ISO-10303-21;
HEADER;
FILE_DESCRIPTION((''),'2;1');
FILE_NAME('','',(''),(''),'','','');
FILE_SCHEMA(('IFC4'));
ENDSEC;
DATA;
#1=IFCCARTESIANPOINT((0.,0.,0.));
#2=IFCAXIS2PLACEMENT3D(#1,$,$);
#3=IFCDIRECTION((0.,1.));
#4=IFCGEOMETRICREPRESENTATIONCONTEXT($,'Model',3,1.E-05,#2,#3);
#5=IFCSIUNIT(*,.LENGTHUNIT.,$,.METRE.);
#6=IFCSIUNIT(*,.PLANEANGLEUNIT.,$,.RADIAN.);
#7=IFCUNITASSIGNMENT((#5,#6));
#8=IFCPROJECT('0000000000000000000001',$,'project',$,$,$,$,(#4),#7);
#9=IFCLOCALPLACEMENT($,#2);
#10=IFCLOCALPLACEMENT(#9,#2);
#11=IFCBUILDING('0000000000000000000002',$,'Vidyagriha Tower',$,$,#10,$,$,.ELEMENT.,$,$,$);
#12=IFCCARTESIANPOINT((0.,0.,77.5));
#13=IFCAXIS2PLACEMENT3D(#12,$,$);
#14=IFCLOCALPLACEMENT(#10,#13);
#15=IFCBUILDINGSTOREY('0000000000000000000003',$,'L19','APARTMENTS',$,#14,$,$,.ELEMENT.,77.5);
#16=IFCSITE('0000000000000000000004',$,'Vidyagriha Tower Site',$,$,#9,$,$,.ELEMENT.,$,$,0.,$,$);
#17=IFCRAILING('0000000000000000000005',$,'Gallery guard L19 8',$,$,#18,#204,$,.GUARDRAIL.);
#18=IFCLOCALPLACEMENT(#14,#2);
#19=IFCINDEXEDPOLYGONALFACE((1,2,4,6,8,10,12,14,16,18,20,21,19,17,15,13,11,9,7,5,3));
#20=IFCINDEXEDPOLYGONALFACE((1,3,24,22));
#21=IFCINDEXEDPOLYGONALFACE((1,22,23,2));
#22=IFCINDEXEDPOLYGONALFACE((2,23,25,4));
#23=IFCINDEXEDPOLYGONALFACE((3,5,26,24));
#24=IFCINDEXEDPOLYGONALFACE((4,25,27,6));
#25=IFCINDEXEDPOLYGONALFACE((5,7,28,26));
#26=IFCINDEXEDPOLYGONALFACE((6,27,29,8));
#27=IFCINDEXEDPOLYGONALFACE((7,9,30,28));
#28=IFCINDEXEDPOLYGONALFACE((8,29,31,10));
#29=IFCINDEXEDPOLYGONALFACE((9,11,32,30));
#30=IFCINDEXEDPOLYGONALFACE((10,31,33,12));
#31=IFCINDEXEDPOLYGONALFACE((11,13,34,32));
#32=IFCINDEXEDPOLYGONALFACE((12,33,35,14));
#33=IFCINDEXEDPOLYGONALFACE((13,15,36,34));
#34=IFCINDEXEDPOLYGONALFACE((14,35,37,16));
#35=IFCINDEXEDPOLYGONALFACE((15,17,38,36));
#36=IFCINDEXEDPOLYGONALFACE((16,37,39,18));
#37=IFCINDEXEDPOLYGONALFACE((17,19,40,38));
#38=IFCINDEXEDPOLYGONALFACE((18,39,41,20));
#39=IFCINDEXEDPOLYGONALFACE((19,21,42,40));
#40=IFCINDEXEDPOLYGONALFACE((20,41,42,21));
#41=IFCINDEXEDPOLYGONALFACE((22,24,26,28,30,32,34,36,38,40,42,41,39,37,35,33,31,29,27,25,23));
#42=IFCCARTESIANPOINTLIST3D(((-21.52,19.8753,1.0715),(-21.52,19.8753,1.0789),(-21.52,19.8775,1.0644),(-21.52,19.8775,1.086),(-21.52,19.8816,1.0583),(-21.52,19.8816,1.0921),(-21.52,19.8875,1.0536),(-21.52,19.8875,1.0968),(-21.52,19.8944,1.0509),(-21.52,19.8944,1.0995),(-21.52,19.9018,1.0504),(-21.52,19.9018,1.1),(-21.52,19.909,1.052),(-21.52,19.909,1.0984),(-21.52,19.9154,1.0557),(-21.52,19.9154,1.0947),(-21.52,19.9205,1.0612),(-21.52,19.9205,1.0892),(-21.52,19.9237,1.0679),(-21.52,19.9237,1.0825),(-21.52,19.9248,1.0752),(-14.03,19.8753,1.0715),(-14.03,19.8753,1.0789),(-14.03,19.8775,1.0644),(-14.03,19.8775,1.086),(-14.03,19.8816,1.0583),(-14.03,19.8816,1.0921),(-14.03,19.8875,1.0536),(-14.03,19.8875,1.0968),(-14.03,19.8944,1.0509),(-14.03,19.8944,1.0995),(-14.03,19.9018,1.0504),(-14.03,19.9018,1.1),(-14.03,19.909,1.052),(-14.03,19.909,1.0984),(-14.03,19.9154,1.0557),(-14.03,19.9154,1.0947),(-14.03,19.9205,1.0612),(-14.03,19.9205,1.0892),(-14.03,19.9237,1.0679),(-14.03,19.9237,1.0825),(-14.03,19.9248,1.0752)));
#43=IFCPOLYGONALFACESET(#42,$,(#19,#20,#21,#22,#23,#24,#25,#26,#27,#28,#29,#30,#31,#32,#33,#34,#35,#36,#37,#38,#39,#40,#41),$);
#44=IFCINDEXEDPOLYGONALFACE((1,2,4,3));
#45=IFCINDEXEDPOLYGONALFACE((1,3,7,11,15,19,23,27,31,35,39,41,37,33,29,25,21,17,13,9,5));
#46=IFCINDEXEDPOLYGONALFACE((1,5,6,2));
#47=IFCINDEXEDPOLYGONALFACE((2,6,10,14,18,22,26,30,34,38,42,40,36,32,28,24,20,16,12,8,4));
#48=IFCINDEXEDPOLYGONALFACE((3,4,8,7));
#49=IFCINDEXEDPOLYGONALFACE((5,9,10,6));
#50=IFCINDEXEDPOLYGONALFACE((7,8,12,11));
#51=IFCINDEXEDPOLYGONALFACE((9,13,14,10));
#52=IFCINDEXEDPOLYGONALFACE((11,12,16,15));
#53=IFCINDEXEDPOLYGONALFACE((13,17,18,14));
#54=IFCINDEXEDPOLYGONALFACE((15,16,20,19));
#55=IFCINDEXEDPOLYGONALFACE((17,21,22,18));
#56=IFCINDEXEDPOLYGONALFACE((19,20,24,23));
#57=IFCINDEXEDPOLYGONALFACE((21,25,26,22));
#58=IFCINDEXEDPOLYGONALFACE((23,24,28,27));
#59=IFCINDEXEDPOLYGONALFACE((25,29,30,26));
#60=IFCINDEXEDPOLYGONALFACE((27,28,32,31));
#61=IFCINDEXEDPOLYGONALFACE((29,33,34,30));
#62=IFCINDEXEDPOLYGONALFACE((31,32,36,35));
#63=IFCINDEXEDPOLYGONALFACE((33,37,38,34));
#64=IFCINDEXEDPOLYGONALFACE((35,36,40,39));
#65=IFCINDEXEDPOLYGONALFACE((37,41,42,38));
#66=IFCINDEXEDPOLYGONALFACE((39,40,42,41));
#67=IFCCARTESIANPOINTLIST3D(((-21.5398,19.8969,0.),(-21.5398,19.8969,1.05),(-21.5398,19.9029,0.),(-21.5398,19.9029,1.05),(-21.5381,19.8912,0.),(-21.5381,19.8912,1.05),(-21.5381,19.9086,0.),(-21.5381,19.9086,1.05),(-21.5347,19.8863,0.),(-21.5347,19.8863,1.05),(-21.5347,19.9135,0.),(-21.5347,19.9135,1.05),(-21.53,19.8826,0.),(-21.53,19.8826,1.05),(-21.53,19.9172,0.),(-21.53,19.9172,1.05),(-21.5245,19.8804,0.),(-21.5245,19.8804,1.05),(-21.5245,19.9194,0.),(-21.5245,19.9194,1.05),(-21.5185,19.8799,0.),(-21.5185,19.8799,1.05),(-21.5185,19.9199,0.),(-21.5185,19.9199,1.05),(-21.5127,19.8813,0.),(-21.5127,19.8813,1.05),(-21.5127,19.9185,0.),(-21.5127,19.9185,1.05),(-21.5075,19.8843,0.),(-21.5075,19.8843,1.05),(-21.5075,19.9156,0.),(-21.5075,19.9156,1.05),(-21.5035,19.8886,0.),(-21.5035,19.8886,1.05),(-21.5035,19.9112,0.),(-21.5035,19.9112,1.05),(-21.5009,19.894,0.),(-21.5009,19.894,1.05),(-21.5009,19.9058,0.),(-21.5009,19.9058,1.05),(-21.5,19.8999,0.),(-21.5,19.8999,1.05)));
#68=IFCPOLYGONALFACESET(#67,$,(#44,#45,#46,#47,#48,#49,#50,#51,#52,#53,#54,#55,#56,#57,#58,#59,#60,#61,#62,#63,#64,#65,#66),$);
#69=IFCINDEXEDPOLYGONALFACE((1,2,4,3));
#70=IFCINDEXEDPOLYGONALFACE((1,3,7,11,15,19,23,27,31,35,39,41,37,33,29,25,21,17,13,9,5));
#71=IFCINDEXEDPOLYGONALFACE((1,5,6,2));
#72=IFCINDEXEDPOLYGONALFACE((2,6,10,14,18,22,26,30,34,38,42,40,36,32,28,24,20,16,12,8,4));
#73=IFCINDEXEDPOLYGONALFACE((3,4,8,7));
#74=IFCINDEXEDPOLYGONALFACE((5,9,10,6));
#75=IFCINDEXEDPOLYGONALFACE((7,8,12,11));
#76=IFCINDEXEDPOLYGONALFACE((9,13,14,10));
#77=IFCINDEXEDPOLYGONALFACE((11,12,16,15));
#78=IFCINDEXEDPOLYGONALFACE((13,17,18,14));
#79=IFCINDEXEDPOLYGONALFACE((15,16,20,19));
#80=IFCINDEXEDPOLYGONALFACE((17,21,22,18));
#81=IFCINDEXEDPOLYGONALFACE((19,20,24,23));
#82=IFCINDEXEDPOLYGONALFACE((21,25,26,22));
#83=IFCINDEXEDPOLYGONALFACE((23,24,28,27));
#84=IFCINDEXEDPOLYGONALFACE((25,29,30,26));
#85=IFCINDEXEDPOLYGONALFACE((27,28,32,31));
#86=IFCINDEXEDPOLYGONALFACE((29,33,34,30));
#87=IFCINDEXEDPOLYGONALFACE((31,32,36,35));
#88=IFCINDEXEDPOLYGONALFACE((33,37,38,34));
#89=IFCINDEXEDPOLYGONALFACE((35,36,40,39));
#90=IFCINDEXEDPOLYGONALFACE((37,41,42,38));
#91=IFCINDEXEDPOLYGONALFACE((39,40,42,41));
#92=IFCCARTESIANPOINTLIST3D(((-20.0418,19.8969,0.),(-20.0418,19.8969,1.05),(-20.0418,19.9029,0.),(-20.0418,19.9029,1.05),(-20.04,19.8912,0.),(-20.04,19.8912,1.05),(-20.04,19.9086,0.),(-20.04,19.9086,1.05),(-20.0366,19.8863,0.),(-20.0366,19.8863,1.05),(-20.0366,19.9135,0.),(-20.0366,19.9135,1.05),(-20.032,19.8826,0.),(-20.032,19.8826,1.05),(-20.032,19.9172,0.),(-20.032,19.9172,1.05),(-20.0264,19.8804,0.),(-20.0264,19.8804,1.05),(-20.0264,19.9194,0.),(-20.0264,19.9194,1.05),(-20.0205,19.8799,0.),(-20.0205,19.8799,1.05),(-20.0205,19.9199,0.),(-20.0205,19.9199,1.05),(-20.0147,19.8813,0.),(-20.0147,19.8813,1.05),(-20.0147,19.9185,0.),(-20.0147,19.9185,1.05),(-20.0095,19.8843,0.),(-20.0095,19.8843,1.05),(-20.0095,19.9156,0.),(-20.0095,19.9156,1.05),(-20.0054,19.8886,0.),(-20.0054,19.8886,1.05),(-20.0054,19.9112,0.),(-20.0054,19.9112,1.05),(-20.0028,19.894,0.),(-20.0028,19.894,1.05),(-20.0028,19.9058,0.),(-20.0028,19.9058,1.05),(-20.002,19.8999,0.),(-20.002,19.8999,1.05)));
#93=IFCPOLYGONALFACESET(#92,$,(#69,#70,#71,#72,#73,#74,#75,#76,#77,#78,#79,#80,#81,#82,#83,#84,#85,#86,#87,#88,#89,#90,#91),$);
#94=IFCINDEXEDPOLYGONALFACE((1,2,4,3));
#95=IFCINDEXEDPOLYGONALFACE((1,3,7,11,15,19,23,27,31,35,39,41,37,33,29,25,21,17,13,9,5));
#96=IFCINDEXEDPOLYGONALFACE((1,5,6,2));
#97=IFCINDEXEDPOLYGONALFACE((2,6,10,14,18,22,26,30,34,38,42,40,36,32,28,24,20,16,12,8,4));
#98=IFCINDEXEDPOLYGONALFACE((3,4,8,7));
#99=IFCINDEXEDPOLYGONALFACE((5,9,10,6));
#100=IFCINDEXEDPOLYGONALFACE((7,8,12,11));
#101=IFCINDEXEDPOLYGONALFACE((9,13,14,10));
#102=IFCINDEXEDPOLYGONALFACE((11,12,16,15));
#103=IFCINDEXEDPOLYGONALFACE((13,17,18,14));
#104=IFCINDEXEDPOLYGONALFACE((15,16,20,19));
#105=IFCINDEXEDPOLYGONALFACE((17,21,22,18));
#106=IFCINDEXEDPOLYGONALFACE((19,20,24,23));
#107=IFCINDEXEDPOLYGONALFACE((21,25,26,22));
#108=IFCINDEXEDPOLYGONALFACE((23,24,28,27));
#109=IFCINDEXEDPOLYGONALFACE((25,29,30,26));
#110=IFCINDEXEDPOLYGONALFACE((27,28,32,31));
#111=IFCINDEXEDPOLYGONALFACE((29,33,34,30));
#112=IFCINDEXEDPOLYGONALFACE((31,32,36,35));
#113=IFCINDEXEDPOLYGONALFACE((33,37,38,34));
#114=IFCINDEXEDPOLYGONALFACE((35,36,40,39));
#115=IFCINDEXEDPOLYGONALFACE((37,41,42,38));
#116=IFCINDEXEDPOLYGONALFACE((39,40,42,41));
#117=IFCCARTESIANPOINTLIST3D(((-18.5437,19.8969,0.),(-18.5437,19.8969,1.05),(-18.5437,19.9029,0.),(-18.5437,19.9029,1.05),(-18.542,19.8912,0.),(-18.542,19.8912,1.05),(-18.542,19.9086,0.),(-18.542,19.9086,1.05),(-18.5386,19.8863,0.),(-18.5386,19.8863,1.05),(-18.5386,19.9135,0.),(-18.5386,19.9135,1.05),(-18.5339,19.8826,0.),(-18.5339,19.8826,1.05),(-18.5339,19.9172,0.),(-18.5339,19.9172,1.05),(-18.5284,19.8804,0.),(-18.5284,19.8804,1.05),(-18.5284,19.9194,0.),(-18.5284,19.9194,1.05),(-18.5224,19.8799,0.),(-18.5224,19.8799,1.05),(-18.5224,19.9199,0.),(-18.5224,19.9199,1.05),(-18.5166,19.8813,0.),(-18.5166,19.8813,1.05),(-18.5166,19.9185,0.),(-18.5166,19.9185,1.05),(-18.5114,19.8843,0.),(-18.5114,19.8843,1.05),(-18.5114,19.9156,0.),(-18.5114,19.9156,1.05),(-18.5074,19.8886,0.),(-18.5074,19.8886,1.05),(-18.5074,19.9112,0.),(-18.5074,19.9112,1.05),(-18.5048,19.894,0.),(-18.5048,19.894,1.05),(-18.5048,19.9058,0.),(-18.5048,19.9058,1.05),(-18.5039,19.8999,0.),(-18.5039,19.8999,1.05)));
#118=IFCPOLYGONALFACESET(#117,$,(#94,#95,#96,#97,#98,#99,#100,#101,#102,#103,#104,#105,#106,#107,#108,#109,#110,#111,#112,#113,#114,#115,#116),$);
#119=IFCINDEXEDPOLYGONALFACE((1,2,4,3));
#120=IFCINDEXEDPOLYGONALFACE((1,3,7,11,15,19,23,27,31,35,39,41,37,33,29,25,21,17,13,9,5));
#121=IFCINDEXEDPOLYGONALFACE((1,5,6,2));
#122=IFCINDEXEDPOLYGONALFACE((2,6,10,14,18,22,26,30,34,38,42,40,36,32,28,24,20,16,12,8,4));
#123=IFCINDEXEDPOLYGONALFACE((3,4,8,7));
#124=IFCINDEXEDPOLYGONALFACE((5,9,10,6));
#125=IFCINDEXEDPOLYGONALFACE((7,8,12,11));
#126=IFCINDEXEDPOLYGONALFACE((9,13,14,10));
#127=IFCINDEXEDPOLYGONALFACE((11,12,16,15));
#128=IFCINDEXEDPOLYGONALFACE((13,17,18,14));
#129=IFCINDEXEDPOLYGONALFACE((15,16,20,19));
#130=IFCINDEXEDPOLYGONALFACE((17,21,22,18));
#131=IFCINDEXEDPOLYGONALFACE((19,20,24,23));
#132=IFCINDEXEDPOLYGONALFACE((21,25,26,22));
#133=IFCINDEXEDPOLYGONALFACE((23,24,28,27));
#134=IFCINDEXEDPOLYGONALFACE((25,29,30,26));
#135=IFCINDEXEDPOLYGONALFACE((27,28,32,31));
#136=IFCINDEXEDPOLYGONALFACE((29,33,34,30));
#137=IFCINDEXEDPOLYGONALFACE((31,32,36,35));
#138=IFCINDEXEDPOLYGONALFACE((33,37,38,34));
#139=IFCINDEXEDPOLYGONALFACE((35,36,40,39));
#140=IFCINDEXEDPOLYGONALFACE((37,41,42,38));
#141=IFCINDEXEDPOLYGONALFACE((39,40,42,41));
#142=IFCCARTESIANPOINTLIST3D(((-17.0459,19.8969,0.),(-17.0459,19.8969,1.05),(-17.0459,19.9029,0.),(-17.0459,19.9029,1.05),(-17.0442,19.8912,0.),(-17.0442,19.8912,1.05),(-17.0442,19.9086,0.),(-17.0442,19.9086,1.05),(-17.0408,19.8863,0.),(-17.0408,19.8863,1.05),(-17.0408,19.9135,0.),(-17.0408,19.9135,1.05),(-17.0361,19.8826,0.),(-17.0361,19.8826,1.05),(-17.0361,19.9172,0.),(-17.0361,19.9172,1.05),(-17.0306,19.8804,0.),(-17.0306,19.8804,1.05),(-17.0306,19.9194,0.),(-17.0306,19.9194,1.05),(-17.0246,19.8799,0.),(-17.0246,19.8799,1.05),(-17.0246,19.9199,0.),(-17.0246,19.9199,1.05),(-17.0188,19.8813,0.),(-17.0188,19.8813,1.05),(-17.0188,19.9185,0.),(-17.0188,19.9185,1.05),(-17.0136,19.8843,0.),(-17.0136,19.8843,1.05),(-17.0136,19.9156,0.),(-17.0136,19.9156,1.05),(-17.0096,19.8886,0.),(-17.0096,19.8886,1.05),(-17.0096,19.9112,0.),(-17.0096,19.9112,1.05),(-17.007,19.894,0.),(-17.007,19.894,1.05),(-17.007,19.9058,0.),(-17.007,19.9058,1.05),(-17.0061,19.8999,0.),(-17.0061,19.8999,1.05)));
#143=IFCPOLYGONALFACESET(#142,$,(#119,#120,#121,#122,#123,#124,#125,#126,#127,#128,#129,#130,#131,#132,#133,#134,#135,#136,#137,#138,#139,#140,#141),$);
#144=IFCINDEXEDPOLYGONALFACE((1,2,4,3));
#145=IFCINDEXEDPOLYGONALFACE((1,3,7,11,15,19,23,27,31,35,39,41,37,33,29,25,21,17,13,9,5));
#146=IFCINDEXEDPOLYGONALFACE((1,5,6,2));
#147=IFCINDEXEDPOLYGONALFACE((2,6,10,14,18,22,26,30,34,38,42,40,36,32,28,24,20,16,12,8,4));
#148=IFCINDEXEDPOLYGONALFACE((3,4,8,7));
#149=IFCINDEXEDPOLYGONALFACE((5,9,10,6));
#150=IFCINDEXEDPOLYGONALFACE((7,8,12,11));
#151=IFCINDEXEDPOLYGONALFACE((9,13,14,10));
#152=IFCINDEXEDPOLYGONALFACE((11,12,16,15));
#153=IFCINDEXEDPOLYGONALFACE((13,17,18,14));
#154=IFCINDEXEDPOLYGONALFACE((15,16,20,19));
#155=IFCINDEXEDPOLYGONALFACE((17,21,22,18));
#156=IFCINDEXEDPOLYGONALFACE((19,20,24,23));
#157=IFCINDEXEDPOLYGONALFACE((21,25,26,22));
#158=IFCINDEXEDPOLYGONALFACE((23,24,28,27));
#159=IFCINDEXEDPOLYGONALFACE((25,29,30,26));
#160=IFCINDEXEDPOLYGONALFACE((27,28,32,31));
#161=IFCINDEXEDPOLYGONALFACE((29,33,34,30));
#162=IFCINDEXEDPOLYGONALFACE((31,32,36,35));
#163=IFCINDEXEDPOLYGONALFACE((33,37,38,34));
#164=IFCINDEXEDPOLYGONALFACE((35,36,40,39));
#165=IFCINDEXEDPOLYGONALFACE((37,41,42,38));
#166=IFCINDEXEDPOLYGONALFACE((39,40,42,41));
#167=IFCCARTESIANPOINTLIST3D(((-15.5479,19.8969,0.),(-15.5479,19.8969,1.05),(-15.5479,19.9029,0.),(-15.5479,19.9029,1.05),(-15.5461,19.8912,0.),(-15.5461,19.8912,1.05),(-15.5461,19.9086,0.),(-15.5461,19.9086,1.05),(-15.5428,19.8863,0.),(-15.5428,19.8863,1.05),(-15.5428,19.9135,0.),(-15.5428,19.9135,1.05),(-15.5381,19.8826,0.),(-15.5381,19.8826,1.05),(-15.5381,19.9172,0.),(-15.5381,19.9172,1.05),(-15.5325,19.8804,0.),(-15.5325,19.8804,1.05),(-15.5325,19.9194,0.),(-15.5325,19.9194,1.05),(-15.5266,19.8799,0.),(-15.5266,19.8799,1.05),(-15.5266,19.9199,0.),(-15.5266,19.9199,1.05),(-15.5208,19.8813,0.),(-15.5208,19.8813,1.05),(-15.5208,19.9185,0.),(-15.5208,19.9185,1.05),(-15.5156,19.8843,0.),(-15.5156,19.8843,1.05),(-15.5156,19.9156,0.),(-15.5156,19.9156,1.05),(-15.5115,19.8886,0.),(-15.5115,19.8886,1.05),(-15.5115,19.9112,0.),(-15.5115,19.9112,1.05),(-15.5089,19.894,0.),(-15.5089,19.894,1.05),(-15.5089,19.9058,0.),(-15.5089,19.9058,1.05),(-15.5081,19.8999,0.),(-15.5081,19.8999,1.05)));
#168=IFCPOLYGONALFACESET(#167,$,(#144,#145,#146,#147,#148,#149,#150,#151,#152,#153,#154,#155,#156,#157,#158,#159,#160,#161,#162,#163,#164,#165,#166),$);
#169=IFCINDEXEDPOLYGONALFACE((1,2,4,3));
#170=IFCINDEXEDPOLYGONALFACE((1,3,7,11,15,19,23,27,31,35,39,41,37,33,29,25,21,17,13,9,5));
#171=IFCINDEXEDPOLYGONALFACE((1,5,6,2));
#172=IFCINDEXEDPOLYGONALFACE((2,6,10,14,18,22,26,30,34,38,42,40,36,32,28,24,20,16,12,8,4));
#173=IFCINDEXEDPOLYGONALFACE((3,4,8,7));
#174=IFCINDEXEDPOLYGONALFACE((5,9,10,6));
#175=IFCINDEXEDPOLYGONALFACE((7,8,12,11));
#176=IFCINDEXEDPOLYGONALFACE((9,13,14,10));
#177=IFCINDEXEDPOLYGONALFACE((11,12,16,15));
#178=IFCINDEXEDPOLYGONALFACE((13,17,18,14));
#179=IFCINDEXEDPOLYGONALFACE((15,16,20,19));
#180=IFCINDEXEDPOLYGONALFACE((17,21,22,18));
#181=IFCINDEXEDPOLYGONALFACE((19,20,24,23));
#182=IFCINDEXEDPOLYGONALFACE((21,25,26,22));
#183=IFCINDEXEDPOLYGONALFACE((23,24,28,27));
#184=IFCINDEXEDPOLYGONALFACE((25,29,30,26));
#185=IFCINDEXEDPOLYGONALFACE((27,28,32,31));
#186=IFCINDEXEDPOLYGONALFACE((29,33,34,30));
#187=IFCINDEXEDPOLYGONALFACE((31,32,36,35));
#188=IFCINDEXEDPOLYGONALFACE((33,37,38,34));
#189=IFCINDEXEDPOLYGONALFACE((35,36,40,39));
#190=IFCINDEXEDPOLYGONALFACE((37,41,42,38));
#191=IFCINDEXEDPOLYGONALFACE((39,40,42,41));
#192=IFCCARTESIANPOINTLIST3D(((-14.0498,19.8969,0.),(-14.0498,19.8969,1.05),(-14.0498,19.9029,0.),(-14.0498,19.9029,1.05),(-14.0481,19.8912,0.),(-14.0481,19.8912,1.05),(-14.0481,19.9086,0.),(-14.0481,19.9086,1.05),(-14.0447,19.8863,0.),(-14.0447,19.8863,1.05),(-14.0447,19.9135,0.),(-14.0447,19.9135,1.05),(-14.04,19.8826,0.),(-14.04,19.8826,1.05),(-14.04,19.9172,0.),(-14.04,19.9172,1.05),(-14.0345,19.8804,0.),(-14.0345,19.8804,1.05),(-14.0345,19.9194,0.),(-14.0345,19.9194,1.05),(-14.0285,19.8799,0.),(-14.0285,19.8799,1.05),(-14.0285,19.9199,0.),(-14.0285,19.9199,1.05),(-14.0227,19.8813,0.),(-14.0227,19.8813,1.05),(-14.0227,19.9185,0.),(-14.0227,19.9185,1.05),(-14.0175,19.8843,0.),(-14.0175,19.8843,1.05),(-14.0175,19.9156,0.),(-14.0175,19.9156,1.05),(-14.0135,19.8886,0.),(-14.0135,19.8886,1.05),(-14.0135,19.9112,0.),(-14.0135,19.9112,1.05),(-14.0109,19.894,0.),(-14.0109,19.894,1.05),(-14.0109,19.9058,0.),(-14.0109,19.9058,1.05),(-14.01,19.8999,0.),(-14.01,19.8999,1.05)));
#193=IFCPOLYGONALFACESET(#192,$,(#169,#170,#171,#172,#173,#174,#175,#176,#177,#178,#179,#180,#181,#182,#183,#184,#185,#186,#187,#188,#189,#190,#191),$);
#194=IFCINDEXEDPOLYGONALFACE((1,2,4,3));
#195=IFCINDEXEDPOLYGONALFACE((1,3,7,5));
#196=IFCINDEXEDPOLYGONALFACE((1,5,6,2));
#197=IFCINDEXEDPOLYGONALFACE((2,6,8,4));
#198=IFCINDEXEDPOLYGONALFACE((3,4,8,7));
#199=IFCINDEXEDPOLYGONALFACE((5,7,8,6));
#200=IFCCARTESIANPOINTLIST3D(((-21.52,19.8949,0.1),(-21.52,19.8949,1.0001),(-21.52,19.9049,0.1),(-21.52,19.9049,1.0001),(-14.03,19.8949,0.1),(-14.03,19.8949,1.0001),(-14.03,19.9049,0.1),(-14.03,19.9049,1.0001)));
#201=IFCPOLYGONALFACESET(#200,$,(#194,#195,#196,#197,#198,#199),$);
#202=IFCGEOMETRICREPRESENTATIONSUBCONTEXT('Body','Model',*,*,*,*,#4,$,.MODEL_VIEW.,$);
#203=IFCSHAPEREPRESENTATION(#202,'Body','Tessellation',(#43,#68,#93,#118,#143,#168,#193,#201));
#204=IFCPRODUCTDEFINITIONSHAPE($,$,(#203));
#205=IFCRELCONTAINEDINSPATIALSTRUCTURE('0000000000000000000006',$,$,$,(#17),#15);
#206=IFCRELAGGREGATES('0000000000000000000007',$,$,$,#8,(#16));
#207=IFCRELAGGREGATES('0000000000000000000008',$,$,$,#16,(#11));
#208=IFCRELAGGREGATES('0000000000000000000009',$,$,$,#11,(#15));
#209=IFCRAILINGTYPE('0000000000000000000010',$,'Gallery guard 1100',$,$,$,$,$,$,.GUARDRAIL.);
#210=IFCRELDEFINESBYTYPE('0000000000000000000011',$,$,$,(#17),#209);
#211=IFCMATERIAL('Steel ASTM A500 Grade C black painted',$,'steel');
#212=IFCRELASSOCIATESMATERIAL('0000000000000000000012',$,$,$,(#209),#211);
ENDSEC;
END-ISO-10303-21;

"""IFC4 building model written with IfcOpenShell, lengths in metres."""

from ifc_helpers import new_model, si_unit, direction, frame, origin, origin_2d, place, context, subcontext, project, spatial, rectangle, circle, extrude, material, type_object, element, save


model = new_model("IFC4")

# Units and contexts
model_context = context("Model", 3, precision=1e-05, world=origin(), true_north=direction((0.0, 1.0)))
body_context = subcontext(model_context, "Body", "Model", "MODEL_VIEW")
ifc_project = project(units=[si_unit("LENGTHUNIT", "METRE"), si_unit("PLANEANGLEUNIT", "RADIAN")], contexts=[model_context])

# Site, building, storey
site_placement = place(None, origin())
site = spatial("IfcSite", under=ifc_project, at=site_placement, Name="Vidyagriha Tower Site", CompositionType="ELEMENT", RefElevation=0.0)
building_placement = place(site_placement, origin())
building = spatial("IfcBuilding", under=site, at=building_placement, Name="Vidyagriha Tower", CompositionType="ELEMENT")
storey_placement = place(building_placement, frame((0.0, 0.0, 77.5)))
storey = spatial("IfcBuildingStorey", under=building, at=storey_placement, Name="L19", Description="APARTMENTS", CompositionType="ELEMENT", Elevation=77.5)

# Railing
ifc_material_1 = material(Name="Steel ASTM A500 Grade C black painted", Category="steel")
railing_type = type_object("IfcRailingType", Name="Gallery guard 1100", PredefinedType="GUARDRAIL", material=ifc_material_1)
railing_1_placement = place(storey_placement, frame((-21.52, 19.8999, 0.0)))
element("IfcRailing", 1, at=railing_1_placement, inside=storey, type_object=railing_type, Name="Gallery guard L19 8", PredefinedType="GUARDRAIL", context=body_context, shape_type="SweptSolid", body=[
    extrude(circle(Radius=0.0249, at=origin_2d()), frame((0.0, 0.0, 1.0752), z_axis=(1.0, 0.0, 0.0), x_axis=(0.0, 1.0, 0.0)), (0.0, 0.0, 1.0), 7.49),
    extrude(circle(Radius=0.02, at=origin_2d()), origin(), (0.0, 0.0, 1.0), 1.05),
    extrude(circle(Radius=0.02, at=origin_2d()), frame((1.498, 0.0, 0.0)), (0.0, 0.0, 1.0), 1.05),
    extrude(circle(Radius=0.02, at=origin_2d()), frame((2.9961, 0.0, 0.0)), (0.0, 0.0, 1.0), 1.05),
    extrude(circle(Radius=0.02, at=origin_2d()), frame((4.4939, 0.0, 0.0)), (0.0, 0.0, 1.0), 1.05),
    extrude(circle(Radius=0.02, at=origin_2d()), frame((5.9919, 0.0, 0.0)), (0.0, 0.0, 1.0), 1.05),
    extrude(circle(Radius=0.02, at=origin_2d()), frame((7.49, 0.0, 0.0)), (0.0, 0.0, 1.0), 1.05),
    extrude(rectangle(XDim=0.01, YDim=0.9001, at=origin_2d()), frame((0.0, 0.0, 0.55), z_axis=(1.0, 0.0, 0.0), x_axis=(0.0, 1.0, 0.0)), (0.0, 0.0, 1.0), 7.49),
])

save(model, "model.ifc")
